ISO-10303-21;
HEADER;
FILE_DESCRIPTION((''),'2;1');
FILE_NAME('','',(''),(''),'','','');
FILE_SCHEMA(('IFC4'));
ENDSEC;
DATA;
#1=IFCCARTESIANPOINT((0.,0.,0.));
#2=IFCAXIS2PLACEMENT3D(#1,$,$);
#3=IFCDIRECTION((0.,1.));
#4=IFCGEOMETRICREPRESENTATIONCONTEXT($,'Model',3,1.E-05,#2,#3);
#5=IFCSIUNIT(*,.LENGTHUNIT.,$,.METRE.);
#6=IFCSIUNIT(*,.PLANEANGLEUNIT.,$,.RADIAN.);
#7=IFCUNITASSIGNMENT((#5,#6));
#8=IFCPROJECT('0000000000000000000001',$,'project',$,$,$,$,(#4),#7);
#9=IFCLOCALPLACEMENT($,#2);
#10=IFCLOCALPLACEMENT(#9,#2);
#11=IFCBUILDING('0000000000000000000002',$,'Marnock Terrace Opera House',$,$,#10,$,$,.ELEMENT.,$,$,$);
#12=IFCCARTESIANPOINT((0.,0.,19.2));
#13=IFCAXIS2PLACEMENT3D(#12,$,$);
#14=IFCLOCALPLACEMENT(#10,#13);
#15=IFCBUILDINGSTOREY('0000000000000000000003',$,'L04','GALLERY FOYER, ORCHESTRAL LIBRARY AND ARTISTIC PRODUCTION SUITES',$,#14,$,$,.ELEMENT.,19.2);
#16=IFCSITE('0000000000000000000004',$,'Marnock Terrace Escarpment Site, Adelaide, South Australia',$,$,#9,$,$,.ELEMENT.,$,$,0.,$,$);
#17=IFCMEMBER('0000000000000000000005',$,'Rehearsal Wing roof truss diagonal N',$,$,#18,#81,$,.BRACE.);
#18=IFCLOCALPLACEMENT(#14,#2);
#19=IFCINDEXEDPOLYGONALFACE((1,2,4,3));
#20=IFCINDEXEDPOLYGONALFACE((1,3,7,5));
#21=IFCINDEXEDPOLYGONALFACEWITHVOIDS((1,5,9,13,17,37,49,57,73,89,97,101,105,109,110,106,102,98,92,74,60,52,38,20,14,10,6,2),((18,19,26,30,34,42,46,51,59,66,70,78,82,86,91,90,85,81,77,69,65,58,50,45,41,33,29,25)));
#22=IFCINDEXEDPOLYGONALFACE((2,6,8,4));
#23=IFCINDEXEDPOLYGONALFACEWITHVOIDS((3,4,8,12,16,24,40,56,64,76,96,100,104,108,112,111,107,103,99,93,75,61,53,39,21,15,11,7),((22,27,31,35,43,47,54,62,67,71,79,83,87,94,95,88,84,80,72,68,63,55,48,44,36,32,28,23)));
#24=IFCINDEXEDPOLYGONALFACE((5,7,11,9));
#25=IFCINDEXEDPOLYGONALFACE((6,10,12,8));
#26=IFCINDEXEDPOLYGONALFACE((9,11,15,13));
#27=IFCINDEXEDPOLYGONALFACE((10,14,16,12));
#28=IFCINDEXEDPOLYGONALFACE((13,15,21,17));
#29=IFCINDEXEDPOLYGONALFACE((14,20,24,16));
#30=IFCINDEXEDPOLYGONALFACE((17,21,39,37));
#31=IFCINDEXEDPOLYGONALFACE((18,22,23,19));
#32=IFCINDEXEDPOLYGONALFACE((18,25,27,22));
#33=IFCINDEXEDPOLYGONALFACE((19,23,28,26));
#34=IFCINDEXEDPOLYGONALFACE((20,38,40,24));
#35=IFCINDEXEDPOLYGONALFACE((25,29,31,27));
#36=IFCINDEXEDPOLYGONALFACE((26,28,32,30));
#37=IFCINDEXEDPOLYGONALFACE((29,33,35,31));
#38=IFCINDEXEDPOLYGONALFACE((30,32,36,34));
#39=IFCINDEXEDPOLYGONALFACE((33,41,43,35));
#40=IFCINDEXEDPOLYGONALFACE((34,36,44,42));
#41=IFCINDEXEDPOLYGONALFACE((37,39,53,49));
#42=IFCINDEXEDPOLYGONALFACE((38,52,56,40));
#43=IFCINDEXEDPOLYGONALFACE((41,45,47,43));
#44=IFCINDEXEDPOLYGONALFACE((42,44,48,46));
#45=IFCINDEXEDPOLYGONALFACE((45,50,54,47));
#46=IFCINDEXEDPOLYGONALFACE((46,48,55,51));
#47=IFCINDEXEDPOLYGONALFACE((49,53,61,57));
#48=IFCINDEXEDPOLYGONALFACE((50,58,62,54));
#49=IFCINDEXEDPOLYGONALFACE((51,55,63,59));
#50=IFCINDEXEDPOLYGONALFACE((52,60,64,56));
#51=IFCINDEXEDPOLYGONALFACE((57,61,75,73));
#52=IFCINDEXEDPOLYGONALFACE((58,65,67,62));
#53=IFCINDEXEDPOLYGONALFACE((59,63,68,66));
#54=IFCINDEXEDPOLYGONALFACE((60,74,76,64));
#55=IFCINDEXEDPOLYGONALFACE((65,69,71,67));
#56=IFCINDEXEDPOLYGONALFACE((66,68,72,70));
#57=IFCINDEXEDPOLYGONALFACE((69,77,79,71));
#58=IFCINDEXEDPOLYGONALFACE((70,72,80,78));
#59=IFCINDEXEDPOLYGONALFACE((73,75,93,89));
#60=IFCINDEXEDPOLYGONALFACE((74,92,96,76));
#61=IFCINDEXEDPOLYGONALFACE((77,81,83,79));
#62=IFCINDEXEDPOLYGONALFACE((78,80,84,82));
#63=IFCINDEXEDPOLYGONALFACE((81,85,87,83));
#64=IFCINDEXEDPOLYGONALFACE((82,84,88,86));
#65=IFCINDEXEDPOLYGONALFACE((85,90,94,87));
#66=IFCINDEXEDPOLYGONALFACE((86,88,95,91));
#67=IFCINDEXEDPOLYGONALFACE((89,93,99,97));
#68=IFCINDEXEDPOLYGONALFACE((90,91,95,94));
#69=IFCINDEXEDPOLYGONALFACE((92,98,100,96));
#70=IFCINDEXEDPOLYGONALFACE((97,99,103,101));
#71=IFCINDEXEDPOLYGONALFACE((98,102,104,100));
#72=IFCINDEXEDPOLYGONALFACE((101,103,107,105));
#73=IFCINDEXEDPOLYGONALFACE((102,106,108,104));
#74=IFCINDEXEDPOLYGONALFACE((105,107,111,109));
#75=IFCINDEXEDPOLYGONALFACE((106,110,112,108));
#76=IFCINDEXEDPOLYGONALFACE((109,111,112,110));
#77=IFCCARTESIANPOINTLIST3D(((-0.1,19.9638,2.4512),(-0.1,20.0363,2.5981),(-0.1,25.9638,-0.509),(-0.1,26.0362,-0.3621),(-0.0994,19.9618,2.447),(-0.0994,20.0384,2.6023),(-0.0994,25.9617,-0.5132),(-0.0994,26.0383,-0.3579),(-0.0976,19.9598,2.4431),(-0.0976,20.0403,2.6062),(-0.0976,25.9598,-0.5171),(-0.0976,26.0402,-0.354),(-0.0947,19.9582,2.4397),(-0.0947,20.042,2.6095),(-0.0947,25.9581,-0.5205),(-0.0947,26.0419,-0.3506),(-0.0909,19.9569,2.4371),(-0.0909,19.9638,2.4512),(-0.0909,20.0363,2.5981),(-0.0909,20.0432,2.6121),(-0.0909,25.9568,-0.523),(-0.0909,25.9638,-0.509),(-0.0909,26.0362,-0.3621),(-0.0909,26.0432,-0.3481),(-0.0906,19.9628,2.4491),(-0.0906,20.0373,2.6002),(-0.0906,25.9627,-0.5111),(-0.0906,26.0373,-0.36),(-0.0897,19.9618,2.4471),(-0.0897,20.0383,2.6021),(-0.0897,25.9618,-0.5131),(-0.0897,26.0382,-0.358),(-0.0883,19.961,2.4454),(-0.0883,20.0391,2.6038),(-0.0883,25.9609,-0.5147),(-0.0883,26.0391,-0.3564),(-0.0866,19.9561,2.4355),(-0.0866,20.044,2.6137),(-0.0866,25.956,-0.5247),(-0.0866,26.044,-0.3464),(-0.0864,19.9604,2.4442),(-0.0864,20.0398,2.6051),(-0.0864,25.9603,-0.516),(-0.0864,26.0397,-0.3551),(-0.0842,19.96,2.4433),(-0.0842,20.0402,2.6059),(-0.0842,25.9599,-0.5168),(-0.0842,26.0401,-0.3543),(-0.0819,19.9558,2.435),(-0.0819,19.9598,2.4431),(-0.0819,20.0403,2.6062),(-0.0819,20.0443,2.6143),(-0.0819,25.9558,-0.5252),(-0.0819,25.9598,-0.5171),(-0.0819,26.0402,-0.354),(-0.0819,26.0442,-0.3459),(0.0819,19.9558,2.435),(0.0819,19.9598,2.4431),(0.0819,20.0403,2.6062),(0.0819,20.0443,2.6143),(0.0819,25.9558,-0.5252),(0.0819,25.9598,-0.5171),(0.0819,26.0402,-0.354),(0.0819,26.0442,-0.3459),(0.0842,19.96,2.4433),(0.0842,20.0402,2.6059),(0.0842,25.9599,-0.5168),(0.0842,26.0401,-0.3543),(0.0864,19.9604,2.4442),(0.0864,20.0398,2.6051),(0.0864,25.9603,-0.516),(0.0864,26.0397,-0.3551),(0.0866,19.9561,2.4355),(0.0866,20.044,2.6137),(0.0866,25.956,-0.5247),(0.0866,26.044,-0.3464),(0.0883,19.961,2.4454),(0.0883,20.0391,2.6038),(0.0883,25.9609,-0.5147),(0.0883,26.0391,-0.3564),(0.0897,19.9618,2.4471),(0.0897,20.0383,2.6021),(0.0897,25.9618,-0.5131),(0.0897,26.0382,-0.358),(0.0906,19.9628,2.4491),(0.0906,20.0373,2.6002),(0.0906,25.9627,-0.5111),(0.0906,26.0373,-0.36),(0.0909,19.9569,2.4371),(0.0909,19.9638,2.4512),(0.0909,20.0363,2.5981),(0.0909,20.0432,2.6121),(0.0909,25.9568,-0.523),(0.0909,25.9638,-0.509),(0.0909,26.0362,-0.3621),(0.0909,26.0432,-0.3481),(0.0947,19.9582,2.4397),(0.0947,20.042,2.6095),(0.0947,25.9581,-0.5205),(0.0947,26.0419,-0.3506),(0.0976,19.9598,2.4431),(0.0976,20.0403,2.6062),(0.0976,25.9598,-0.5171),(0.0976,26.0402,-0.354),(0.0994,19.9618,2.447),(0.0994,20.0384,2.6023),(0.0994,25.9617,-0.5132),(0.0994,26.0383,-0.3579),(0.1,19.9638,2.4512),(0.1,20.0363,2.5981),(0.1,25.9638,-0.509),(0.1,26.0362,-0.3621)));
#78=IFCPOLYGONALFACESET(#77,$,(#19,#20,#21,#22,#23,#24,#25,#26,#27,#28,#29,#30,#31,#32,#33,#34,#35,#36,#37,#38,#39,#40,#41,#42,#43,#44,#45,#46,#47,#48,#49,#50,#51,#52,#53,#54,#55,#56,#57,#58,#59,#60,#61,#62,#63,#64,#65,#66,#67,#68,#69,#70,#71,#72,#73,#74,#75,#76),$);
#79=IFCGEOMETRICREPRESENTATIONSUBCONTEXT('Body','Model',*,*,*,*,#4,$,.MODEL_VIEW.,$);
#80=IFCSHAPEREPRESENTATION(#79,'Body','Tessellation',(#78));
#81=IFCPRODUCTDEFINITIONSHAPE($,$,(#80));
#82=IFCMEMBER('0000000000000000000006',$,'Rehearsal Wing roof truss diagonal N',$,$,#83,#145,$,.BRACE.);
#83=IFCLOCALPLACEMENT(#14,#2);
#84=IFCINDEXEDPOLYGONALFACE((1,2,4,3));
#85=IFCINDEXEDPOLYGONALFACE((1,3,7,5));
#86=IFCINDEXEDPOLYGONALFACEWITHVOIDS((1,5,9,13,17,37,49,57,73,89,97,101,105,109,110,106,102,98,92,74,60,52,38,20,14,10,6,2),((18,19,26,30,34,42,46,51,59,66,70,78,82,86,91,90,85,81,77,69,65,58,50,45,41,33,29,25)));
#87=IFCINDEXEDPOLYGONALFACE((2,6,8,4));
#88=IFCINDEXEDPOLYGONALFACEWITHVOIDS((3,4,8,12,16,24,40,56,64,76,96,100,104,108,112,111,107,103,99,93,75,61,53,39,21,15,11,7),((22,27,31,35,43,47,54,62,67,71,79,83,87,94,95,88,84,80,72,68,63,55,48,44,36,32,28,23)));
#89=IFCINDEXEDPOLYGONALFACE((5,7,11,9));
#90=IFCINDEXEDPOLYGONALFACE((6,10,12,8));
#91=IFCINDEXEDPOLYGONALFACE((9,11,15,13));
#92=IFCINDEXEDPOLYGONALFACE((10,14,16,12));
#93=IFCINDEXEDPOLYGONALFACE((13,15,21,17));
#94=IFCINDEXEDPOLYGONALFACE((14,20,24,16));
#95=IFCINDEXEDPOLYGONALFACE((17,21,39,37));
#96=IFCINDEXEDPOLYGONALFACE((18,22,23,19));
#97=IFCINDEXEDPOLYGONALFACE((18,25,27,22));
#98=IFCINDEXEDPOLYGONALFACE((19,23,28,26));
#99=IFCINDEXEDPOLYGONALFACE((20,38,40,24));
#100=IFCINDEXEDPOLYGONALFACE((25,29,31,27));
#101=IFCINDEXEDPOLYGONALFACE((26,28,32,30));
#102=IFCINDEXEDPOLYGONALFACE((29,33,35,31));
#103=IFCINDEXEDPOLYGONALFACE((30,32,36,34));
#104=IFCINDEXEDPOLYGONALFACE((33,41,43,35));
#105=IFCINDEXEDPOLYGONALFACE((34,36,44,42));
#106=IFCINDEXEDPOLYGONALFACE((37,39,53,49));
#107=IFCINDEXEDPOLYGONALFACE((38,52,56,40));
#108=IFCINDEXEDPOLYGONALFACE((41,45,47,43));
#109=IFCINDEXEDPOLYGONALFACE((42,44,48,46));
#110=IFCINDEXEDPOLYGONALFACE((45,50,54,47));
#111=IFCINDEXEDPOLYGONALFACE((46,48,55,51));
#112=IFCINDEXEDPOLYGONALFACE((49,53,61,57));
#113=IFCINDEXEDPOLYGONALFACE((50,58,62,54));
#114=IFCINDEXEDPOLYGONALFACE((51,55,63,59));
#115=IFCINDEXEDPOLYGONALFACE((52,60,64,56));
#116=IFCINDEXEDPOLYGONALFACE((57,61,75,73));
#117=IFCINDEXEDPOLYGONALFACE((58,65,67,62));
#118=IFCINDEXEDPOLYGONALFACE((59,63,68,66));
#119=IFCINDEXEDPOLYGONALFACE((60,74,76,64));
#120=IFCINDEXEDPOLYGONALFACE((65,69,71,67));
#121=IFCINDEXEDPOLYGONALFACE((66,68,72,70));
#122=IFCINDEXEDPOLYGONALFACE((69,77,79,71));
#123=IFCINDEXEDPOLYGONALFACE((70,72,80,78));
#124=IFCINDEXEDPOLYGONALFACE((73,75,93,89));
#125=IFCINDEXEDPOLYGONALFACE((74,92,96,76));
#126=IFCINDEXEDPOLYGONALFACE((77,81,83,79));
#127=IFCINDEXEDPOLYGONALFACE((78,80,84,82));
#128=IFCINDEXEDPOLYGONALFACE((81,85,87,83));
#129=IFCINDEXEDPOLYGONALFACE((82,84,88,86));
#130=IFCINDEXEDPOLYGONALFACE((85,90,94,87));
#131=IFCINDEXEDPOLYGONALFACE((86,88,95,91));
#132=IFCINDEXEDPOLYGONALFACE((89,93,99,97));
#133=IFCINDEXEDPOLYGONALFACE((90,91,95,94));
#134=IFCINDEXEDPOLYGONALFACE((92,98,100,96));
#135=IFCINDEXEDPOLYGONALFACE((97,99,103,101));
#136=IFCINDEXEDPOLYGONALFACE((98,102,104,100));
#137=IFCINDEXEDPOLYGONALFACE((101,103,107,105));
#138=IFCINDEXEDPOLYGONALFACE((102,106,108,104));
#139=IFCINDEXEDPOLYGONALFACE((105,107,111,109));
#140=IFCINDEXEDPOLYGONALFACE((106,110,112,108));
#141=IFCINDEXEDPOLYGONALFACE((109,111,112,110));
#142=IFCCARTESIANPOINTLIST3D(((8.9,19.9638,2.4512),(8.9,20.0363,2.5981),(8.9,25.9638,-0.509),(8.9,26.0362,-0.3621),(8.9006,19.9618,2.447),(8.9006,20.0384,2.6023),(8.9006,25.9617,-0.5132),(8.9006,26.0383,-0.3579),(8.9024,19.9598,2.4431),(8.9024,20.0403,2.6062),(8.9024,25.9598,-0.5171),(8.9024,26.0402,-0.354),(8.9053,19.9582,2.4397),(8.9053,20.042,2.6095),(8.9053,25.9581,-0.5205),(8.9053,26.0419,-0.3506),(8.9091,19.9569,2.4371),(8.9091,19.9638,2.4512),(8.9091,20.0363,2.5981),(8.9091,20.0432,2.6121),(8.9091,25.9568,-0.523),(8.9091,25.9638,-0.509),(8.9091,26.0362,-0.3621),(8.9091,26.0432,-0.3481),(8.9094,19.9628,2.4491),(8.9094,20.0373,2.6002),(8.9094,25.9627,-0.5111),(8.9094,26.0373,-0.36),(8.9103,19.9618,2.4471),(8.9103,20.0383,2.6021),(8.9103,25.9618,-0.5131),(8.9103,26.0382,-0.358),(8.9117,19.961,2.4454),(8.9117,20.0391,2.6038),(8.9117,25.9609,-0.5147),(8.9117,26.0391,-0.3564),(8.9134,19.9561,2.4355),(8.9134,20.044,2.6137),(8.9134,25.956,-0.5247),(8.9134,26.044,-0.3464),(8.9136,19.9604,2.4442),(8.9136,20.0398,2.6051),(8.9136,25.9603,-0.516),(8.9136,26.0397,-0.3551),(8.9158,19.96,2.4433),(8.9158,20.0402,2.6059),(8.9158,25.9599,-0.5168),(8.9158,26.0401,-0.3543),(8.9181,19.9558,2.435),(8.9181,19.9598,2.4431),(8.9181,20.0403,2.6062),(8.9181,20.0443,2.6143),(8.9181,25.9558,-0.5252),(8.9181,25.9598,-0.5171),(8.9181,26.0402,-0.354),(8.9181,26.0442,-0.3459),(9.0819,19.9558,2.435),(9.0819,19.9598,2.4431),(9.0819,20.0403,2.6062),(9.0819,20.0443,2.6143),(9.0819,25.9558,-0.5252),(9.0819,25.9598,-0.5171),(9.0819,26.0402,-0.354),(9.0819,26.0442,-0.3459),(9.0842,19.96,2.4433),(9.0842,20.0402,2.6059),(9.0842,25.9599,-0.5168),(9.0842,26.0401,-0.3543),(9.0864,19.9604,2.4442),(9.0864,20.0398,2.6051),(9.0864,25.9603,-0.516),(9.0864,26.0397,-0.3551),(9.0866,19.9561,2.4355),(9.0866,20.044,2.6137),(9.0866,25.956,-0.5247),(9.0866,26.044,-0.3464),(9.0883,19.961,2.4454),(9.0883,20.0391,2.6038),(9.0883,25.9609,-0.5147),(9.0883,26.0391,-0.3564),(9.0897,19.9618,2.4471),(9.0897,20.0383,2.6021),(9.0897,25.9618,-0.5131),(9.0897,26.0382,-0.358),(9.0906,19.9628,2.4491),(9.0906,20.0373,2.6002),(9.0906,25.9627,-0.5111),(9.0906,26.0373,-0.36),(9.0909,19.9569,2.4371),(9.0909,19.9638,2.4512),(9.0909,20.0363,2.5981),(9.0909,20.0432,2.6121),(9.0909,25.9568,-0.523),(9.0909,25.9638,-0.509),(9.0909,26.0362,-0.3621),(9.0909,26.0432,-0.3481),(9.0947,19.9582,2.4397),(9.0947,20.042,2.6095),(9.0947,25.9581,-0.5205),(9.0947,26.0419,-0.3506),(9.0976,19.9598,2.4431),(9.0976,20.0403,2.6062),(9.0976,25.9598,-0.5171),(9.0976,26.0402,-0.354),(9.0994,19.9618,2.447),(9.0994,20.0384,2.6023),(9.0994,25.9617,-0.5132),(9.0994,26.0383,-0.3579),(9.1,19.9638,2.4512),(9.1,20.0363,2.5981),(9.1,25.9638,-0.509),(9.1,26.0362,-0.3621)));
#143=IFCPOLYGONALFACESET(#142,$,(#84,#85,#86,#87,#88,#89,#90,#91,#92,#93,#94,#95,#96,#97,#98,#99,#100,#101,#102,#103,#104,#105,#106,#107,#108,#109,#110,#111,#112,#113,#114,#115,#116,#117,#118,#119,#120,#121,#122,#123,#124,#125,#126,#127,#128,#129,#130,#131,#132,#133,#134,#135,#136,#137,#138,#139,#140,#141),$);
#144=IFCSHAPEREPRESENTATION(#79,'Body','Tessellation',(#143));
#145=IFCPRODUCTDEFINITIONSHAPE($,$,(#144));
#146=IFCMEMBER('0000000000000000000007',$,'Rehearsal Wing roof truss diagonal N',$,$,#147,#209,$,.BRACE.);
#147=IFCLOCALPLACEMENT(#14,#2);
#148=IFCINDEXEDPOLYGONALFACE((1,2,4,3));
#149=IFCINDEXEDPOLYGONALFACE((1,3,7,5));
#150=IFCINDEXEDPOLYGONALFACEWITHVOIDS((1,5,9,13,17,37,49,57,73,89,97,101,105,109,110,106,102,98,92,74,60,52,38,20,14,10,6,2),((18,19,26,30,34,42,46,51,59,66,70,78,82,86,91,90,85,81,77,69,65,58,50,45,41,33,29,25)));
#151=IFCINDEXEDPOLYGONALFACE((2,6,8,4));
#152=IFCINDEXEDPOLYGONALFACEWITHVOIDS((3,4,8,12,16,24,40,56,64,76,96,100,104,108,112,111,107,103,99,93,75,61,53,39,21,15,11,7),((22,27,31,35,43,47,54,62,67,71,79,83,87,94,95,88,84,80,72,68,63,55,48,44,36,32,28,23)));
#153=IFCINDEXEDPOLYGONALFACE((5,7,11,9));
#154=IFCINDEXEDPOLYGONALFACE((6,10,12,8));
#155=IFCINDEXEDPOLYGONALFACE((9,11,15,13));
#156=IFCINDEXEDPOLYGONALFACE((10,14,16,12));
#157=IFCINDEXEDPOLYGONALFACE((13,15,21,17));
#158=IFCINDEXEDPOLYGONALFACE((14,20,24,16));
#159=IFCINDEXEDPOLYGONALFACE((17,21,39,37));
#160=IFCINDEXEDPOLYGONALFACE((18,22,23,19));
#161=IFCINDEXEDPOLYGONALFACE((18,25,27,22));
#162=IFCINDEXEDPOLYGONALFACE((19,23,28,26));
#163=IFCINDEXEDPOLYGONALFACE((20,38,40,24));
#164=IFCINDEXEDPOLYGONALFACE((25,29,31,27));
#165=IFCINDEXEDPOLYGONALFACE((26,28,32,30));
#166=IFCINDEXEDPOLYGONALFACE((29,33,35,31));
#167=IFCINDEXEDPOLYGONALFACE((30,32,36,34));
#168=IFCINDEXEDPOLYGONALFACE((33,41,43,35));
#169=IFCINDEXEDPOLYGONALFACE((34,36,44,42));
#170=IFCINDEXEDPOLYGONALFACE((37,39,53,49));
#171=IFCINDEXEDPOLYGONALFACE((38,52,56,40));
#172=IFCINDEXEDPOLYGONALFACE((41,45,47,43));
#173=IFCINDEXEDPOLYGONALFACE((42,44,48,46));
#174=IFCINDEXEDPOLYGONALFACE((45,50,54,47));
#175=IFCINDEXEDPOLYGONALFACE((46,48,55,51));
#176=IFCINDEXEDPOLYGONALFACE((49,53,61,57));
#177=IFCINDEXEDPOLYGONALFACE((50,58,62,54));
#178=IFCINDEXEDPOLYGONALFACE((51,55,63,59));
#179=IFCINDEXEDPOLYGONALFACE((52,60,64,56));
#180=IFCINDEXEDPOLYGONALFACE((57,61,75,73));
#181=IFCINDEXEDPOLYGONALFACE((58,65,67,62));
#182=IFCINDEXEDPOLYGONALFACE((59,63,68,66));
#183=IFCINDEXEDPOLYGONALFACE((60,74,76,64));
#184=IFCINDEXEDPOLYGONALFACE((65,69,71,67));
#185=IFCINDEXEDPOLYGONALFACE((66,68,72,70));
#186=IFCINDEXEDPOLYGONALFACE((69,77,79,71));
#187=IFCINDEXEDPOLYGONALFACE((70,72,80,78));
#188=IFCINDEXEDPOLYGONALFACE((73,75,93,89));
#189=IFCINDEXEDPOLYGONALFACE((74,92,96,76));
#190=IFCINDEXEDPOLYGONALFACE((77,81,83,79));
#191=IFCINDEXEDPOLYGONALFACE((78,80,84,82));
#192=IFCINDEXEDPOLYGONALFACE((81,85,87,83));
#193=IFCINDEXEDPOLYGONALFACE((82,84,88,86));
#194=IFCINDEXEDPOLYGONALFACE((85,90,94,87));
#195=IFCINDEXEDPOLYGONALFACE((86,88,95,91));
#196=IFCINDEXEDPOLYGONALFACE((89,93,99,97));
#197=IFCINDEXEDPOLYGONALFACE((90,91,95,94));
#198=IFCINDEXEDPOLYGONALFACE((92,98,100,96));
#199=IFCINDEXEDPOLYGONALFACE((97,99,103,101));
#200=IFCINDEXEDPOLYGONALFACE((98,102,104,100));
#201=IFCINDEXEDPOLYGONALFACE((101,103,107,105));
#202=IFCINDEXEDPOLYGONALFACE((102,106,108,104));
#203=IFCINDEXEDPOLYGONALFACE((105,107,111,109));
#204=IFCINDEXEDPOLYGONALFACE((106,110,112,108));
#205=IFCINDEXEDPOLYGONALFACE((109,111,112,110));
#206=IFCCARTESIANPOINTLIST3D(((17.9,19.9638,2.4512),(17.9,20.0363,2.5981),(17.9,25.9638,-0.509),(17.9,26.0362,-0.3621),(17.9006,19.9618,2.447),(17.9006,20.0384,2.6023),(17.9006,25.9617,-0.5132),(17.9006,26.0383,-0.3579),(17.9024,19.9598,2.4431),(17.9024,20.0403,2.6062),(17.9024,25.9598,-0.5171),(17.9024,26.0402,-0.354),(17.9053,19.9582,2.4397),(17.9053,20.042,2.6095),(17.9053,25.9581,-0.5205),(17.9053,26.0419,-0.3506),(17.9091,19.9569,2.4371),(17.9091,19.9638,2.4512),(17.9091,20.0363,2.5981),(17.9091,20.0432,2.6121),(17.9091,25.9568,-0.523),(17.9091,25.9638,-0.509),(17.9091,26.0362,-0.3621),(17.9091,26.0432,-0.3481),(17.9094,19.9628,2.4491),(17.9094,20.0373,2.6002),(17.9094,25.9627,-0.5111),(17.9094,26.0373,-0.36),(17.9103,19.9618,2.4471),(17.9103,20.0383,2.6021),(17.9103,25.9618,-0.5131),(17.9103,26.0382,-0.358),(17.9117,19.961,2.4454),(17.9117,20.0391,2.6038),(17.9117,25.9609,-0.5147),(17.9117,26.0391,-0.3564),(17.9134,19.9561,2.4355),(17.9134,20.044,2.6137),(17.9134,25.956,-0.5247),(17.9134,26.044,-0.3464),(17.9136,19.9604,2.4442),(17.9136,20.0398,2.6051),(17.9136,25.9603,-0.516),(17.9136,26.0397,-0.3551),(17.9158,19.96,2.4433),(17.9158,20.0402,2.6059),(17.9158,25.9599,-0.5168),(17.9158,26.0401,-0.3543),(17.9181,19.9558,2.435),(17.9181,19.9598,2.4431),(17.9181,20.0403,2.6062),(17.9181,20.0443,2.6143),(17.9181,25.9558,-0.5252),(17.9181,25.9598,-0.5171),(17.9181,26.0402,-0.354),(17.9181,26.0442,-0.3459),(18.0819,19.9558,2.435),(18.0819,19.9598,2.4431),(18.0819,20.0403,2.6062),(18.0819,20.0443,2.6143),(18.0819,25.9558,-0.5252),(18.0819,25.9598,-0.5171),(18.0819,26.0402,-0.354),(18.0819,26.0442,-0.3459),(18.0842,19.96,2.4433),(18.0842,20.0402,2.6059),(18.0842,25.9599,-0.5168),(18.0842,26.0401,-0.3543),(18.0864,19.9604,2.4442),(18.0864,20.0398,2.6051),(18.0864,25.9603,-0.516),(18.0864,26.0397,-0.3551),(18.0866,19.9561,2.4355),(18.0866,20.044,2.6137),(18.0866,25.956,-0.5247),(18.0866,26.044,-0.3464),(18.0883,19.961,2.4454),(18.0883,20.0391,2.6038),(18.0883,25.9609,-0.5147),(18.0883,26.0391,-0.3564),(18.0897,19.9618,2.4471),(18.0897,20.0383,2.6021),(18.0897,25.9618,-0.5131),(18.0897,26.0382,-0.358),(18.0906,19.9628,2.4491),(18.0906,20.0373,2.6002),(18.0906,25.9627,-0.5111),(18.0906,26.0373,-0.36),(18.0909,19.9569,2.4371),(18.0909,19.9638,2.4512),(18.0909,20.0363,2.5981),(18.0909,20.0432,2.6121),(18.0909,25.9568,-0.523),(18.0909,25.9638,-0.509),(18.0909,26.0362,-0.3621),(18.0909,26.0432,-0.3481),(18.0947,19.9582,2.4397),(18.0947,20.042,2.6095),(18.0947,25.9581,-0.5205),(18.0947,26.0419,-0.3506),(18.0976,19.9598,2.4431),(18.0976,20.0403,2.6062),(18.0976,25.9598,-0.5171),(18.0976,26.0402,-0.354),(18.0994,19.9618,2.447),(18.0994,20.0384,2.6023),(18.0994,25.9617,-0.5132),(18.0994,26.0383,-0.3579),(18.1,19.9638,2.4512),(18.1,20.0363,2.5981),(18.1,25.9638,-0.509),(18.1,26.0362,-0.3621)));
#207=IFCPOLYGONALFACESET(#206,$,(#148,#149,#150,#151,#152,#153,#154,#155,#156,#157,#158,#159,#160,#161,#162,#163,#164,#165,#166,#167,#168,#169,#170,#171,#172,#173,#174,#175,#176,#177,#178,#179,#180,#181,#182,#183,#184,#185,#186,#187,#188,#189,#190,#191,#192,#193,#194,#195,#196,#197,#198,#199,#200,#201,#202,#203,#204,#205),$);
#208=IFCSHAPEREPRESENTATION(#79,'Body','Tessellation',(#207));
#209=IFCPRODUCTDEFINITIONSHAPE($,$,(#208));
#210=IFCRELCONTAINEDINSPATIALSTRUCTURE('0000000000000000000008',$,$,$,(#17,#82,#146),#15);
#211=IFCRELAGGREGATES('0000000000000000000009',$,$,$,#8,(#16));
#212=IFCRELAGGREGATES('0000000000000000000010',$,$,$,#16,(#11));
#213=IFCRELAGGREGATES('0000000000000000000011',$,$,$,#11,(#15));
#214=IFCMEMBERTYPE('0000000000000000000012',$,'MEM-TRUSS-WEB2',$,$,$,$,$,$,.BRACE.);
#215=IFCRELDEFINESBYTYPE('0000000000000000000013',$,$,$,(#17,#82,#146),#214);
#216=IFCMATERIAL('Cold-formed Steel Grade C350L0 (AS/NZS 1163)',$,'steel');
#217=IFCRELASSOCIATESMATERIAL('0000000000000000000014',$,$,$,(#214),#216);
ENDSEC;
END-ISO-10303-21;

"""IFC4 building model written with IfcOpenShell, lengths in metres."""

from ifc_helpers import new_model, si_unit, direction, frame, origin, origin_2d, place, context, subcontext, project, spatial, hollow_rectangle, extrude, material, material_profile, profile_set, type_object, element, save


model = new_model("IFC4")

# Units and contexts
model_context = context("Model", 3, precision=1e-05, world=origin(), true_north=direction((0.0, 1.0)))
body_context = subcontext(model_context, "Body", "Model", "MODEL_VIEW")
ifc_project = project(units=[si_unit("LENGTHUNIT", "METRE"), si_unit("PLANEANGLEUNIT", "RADIAN")], contexts=[model_context])

# Site, building, storey
site_placement = place(None, origin())
site = spatial("IfcSite", under=ifc_project, at=site_placement, Name="Marnock Terrace Escarpment Site, Adelaide, South Australia", CompositionType="ELEMENT", RefElevation=0.0)
building_placement = place(site_placement, origin())
building = spatial("IfcBuilding", under=site, at=building_placement, Name="Marnock Terrace Opera House", CompositionType="ELEMENT")
storey_placement = place(building_placement, frame((0.0, 0.0, 19.2)))
storey = spatial("IfcBuildingStorey", under=building, at=storey_placement, Name="L04", Description="GALLERY FOYER, ORCHESTRAL LIBRARY AND ARTISTIC PRODUCTION SUITES", CompositionType="ELEMENT", Elevation=19.2)

# Members
ifc_material_1 = material(Name="Cold-formed Steel Grade C350L0 (AS/NZS 1163)", Category="steel")
ifc_material_profile_1 = material_profile(ifc_material_1, hollow_rectangle(XDim=0.2, YDim=0.2, WallThickness=0.009, InnerFilletRadius=0.009, OuterFilletRadius=0.0181, at=origin_2d()))
ifc_profile_set_1 = profile_set([ifc_material_profile_1], Name="Cold-formed Steel Grade C350L0 (AS/NZS 1163)")
member_type_1 = type_object("IfcMemberType", Name="MEM-TRUSS-WEB2", PredefinedType="BRACE", material=ifc_profile_set_1)
for number, where, z_axis, x_axis, name in (
    (1, (0.0, 26.0, -0.4355), (0.0, -0.896794, 0.442449), (1.0, 0.0, 0.0), "Rehearsal Wing roof truss diagonal N"),
    (2, (9.0, 26.0, -0.4355), (0.0, -0.896794, 0.442449), (1.0, 0.0, 0.0), "Rehearsal Wing roof truss diagonal N"),
    (3, (18.0, 26.0, -0.4355), (0.0, -0.896794, 0.442449), (1.0, 0.0, 0.0), "Rehearsal Wing roof truss diagonal N"),
):
    element("IfcMember", number, at=place(storey_placement, frame(where, z_axis=z_axis, x_axis=x_axis)), inside=storey, type_object=member_type_1, Name=name, PredefinedType="BRACE", context=body_context, shape_type="SweptSolid", body=[
        extrude(hollow_rectangle(XDim=0.2, YDim=0.2, WallThickness=0.009, InnerFilletRadius=0.009, OuterFilletRadius=0.0181, at=origin_2d()), origin(), (0.0, 0.0, 1.0), 6.6904),
    ])

save(model, "model.ifc")
